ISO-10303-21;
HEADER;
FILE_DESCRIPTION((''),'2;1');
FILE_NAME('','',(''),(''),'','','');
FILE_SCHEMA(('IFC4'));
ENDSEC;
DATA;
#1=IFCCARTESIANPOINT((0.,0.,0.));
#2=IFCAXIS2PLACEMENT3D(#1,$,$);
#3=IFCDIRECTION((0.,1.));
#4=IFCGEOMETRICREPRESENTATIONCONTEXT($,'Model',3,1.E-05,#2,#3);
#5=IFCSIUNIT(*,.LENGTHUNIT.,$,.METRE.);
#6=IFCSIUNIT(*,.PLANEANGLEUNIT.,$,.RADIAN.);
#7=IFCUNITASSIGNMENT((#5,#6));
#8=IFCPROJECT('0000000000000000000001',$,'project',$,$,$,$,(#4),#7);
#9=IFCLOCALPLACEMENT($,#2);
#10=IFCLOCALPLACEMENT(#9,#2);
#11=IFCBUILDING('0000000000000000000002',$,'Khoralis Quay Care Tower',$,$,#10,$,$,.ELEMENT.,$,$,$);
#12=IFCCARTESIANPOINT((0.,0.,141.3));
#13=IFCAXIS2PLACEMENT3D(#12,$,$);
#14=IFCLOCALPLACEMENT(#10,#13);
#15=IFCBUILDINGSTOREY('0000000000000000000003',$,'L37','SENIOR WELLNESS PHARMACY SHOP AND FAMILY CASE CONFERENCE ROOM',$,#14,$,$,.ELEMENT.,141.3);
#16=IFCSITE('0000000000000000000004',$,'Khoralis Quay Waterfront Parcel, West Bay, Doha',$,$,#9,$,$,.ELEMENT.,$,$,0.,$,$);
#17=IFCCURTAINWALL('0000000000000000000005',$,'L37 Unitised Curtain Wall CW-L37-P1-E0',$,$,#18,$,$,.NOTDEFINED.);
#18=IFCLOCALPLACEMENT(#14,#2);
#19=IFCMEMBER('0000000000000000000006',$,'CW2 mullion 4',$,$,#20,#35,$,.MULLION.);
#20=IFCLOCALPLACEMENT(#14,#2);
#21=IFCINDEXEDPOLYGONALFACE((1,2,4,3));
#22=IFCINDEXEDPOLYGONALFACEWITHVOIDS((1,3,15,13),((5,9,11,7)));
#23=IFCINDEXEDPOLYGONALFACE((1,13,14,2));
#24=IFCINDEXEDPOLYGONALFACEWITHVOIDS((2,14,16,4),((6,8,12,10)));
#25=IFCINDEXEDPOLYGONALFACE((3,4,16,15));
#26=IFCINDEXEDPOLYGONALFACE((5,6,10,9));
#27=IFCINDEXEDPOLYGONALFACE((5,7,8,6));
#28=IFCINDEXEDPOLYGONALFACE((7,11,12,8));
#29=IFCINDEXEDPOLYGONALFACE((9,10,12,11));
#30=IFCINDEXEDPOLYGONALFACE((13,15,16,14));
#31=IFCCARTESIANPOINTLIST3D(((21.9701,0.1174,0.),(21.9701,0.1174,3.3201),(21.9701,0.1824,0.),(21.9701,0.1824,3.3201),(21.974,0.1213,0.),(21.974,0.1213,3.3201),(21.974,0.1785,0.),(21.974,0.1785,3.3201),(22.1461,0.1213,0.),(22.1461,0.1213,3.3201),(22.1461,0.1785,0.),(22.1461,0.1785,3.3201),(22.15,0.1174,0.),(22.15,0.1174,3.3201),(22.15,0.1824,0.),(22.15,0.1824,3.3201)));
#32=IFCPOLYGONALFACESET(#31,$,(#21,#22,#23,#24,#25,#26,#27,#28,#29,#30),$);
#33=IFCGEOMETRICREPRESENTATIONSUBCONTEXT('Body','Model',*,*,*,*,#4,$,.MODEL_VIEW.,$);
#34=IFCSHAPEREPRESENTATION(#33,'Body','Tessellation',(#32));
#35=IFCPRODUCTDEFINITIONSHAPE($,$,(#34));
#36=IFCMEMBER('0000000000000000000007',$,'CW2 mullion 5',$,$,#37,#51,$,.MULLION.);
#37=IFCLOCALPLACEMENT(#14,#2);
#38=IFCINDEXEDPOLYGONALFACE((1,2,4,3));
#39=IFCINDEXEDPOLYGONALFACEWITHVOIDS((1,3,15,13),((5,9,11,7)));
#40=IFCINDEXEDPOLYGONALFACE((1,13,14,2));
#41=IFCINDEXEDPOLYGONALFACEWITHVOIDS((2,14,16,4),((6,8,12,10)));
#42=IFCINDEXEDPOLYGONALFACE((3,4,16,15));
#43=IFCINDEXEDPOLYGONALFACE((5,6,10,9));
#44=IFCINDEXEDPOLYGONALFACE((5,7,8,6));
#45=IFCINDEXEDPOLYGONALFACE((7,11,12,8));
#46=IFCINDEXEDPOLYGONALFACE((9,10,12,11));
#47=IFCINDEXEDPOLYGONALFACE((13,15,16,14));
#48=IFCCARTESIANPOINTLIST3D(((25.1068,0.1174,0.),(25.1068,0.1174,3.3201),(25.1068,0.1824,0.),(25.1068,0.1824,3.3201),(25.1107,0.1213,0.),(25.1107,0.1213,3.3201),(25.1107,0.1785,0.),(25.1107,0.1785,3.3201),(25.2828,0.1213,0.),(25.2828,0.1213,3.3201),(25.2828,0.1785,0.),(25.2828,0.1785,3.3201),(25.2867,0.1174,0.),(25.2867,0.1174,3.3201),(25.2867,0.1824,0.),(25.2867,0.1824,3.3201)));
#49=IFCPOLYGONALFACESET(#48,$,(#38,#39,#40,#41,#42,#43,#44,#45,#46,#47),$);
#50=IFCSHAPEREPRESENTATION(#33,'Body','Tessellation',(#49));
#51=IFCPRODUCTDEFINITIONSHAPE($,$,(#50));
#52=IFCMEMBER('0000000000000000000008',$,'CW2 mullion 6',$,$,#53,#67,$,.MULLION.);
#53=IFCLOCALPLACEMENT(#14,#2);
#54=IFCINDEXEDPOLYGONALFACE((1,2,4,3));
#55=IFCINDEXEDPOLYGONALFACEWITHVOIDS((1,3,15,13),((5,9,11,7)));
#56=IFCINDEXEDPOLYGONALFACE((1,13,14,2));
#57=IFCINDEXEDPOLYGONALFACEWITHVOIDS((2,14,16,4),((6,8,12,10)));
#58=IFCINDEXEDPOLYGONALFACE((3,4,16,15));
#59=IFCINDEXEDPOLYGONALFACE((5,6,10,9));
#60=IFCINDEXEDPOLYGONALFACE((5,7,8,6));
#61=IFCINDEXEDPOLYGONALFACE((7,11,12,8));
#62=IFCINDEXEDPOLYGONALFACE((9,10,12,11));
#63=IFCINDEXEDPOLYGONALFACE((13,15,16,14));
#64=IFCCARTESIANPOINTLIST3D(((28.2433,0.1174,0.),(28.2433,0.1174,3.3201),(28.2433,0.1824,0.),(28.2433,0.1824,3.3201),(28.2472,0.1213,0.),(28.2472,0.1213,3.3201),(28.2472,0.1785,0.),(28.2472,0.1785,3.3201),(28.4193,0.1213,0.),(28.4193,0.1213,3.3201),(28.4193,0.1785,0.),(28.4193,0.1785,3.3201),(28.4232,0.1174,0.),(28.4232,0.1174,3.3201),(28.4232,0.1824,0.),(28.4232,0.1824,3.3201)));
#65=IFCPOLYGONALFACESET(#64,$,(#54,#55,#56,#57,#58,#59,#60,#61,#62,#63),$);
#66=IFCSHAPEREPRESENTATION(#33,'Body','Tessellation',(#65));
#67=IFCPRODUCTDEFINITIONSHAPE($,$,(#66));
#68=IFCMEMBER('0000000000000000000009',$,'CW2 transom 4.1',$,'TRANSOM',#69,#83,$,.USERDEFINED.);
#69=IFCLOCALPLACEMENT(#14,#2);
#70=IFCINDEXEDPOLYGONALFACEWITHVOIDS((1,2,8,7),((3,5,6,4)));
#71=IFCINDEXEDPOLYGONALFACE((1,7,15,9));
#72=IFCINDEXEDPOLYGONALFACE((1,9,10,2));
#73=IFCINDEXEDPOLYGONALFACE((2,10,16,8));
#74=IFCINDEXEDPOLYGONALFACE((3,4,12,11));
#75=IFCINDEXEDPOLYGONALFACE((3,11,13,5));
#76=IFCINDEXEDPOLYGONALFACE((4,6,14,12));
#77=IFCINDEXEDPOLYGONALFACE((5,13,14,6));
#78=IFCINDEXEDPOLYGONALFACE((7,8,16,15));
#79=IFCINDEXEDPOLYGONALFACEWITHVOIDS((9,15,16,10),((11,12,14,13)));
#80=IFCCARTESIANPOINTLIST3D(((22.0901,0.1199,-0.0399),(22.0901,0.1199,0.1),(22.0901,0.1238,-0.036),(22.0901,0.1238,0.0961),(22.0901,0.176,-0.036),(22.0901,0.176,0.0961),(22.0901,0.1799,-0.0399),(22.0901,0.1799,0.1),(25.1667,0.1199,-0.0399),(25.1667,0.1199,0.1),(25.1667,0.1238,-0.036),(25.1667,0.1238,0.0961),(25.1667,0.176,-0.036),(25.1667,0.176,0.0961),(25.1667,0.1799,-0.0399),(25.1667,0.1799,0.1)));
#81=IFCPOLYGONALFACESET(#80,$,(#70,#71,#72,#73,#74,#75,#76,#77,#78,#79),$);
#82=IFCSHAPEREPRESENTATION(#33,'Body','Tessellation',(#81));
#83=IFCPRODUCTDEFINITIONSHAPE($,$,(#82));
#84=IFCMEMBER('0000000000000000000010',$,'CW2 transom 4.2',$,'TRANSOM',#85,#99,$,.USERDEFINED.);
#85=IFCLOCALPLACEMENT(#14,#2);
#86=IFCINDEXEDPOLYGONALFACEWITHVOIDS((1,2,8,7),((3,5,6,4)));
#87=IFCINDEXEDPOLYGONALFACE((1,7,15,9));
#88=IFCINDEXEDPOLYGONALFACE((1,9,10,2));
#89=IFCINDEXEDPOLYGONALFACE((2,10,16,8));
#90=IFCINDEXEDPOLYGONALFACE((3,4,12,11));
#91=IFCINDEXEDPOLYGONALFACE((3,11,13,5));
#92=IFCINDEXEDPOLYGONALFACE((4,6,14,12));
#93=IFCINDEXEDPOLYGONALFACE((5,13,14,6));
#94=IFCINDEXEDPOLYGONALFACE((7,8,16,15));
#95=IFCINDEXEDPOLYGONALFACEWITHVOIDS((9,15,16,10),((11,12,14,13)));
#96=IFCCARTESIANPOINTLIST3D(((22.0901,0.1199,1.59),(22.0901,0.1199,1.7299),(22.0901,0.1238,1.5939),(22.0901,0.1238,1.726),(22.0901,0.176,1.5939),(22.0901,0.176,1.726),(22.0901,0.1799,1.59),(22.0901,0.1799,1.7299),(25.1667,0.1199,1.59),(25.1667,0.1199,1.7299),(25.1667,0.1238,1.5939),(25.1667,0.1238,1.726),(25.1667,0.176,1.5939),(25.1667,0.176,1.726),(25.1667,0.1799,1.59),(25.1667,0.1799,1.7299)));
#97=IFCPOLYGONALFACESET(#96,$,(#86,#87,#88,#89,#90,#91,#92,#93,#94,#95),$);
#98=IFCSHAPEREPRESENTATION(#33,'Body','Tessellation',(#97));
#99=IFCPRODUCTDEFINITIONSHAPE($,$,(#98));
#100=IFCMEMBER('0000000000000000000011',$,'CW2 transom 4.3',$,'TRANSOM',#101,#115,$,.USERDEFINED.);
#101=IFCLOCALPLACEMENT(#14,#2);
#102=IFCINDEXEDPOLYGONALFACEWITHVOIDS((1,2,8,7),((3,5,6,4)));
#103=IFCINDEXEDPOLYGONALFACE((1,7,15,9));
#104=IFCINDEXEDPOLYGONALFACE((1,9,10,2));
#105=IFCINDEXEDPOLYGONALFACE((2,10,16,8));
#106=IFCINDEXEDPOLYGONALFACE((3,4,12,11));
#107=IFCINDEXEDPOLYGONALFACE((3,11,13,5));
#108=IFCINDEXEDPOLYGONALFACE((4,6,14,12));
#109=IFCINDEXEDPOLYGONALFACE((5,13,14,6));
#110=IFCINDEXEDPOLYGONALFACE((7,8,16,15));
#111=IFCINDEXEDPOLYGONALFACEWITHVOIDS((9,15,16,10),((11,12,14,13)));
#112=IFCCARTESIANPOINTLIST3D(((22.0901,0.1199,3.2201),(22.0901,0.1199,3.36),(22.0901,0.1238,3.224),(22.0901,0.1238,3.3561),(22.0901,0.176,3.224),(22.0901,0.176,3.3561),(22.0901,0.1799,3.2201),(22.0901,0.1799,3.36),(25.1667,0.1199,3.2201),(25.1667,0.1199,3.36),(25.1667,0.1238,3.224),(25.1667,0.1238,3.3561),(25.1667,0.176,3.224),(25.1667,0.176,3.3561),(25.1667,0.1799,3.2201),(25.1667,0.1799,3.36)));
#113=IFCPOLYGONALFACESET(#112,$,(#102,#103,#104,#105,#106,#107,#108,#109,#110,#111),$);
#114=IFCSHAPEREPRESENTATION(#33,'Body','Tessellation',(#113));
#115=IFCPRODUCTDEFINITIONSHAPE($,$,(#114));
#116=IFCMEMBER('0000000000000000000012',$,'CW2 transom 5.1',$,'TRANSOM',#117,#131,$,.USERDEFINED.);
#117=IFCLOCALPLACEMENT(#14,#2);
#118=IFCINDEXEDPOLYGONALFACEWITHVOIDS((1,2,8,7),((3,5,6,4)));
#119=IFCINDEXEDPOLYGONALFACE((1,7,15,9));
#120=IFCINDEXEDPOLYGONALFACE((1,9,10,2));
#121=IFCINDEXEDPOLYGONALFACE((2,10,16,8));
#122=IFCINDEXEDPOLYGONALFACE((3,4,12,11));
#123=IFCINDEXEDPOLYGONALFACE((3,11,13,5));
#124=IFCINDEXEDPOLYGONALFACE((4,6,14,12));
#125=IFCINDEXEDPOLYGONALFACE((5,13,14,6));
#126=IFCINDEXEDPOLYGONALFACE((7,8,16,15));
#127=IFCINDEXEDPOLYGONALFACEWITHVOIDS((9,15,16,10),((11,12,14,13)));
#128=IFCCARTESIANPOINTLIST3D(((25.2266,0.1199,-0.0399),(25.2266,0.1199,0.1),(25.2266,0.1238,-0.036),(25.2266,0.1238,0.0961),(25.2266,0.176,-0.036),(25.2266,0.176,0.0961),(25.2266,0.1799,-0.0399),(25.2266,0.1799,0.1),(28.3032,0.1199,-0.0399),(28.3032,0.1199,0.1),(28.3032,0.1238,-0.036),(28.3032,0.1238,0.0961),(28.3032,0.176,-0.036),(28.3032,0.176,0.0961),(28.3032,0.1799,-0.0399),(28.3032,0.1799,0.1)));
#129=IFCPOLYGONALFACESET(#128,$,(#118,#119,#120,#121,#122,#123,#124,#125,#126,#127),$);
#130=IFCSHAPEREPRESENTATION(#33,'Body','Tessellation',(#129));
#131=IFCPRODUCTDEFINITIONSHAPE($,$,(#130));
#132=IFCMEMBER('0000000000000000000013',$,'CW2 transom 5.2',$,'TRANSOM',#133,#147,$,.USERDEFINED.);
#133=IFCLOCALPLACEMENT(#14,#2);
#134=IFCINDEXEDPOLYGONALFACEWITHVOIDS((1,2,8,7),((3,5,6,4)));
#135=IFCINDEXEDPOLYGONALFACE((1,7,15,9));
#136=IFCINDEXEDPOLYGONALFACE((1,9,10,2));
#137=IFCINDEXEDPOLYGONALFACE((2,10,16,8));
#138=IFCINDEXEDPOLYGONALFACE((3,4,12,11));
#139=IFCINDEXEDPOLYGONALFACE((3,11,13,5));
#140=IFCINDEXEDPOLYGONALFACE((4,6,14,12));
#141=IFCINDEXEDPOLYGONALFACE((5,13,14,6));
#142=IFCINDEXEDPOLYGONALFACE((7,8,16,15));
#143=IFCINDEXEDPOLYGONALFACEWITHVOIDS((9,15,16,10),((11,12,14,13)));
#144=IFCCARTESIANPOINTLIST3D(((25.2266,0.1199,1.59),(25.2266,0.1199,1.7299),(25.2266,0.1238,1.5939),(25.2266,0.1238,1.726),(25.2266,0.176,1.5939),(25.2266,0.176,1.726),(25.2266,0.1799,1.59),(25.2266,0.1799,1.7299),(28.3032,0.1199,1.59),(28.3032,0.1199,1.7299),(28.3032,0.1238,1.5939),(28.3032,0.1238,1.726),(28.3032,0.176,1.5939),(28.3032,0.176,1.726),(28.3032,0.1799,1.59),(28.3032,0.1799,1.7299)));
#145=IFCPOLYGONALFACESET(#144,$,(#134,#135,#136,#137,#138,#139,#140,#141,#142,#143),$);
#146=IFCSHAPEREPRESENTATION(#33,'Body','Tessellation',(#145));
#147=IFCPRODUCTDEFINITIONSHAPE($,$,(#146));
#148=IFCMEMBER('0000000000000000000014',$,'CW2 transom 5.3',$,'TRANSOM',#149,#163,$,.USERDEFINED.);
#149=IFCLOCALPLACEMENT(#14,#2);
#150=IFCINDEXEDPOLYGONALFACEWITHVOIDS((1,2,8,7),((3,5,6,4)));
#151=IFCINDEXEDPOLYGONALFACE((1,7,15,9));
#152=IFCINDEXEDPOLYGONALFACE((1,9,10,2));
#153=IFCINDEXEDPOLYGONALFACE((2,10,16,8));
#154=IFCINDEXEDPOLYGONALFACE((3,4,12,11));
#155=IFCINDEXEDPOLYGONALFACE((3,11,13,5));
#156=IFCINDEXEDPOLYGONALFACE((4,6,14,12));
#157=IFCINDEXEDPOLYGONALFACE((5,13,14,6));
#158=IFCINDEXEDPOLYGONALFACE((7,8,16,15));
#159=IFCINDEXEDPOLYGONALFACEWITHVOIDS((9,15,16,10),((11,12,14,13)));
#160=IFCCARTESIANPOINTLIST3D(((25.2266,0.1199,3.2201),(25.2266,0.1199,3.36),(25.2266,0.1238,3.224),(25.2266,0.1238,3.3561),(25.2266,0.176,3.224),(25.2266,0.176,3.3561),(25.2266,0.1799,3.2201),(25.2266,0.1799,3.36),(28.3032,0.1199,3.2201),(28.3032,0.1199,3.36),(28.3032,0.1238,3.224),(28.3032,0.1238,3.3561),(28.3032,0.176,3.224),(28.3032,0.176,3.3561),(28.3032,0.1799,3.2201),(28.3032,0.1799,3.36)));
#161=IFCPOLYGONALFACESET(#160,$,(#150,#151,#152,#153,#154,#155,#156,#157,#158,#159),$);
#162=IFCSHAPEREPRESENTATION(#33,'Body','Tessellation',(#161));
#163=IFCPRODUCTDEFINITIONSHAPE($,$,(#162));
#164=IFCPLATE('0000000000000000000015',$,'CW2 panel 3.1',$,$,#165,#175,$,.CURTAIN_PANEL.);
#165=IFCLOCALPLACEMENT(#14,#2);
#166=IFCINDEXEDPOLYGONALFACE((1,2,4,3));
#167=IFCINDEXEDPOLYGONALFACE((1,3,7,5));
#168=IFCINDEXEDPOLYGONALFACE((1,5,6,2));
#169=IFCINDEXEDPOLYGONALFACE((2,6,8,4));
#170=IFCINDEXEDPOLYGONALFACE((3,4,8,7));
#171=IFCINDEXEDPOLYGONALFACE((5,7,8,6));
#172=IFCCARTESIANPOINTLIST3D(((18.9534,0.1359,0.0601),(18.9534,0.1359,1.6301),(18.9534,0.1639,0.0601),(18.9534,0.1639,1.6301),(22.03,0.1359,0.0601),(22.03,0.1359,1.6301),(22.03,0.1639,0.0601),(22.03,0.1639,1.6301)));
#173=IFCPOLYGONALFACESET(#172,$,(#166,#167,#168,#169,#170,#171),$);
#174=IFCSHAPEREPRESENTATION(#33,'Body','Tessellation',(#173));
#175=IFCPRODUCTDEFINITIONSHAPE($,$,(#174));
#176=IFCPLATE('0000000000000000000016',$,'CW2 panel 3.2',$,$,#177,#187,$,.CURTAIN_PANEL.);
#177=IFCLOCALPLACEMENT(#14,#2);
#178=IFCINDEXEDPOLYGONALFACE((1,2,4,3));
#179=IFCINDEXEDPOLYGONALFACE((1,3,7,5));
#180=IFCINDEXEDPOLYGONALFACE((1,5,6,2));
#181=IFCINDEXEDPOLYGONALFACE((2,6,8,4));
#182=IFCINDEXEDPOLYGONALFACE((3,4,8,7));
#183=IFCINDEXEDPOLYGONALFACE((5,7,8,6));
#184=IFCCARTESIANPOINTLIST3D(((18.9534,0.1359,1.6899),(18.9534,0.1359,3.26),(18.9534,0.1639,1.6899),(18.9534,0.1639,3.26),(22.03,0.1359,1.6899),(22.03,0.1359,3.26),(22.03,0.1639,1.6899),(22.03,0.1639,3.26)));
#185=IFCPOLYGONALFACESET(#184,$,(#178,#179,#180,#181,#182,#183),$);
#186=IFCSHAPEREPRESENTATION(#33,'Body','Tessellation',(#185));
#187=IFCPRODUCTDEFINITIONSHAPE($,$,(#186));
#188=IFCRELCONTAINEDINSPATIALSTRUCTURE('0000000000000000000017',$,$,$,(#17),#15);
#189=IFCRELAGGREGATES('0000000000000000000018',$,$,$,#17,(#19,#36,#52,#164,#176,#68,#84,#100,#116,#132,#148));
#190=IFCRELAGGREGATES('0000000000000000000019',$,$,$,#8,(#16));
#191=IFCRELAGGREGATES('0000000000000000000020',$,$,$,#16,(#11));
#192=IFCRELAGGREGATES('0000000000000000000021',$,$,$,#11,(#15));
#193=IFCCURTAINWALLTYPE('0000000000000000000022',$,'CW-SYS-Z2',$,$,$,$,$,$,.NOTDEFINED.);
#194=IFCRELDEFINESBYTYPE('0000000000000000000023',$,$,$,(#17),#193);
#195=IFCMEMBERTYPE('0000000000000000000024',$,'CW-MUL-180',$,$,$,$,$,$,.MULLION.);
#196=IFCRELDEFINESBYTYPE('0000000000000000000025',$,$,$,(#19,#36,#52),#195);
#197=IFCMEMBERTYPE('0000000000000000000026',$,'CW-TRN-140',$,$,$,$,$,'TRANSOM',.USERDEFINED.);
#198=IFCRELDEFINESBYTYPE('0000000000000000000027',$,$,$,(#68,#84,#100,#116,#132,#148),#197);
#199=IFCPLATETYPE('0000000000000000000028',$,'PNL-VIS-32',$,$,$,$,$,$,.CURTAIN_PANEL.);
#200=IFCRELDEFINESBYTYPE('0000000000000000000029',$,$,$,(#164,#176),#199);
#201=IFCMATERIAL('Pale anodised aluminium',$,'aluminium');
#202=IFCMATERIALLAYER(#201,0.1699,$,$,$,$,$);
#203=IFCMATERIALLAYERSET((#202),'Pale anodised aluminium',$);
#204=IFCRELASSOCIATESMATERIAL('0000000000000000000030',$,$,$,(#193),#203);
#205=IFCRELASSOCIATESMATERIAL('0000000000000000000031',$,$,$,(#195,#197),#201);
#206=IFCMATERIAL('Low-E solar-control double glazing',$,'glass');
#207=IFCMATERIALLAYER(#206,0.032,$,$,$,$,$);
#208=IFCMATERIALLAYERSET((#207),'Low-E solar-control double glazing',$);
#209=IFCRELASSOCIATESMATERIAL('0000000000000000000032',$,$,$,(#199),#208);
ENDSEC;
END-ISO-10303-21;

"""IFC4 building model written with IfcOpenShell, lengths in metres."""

from ifc_helpers import new_model, si_unit, direction, frame, origin, origin_2d, place, context, subcontext, project, spatial, rectangle, hollow_rectangle, extrude, source, transform, mapped, material, layer, layer_set, material_profile, profile_set, type_object, element, aggregate, save


model = new_model("IFC4")

# Units and contexts
model_context = context("Model", 3, precision=1e-05, world=origin(), true_north=direction((0.0, 1.0)))
body_context = subcontext(model_context, "Body", "Model", "MODEL_VIEW")
ifc_project = project(units=[si_unit("LENGTHUNIT", "METRE"), si_unit("PLANEANGLEUNIT", "RADIAN")], contexts=[model_context])

# Site, building, storey
site_placement = place(None, origin())
site = spatial("IfcSite", under=ifc_project, at=site_placement, Name="Khoralis Quay Waterfront Parcel, West Bay, Doha", CompositionType="ELEMENT", RefElevation=0.0)
building_placement = place(site_placement, origin())
building = spatial("IfcBuilding", under=site, at=building_placement, Name="Khoralis Quay Care Tower", CompositionType="ELEMENT")
storey_placement = place(building_placement, frame((0.0, 0.0, 141.3)))
storey = spatial("IfcBuildingStorey", under=building, at=storey_placement, Name="L37", Description="SENIOR WELLNESS PHARMACY SHOP AND FAMILY CASE CONFERENCE ROOM", CompositionType="ELEMENT", Elevation=141.3)

# Curtain wall, members, plates
ifc_material_1 = material(Name="Pale anodised aluminium", Category="aluminium")
ifc_layer_1 = layer(ifc_material_1, 0.1699)
ifc_layer_set_1 = layer_set([ifc_layer_1], Name="Pale anodised aluminium")
curtain_wall_type = type_object("IfcCurtainWallType", Name="CW-SYS-Z2", PredefinedType="NOTDEFINED", material=ifc_layer_set_1)
curtain_wall_placement = place(storey_placement, origin())
curtain_wall = element("IfcCurtainWall", 1, at=curtain_wall_placement, inside=storey, type_object=curtain_wall_type, Name="L37 Unitised Curtain Wall CW-L37-P1-E0", PredefinedType="NOTDEFINED")
ifc_material_profile_1 = material_profile(ifc_material_1, hollow_rectangle(XDim=0.0649, YDim=0.1799, WallThickness=0.0039, at=origin_2d()), Name="Pale anodised aluminium")
ifc_profile_set_1 = profile_set([ifc_material_profile_1], Name="Pale anodised aluminium")
member_type_1 = type_object("IfcMemberType", Name="CW-MUL-180", PredefinedType="MULLION", material=ifc_profile_set_1)
shared_shape_1 = source(origin(), body_context, "Body", "SweptSolid", [
    extrude(hollow_rectangle(XDim=0.0649, YDim=0.1799, WallThickness=0.0039, at=origin_2d()), origin(), (0.0, 0.0, 1.0), 3.3201),
])
member_1_placement = place(storey_placement, frame((22.0601, 0.1499, 0.0), z_axis=(0.0, 0.0, 1.0), x_axis=(0.0, 1.0, 0.0)))
member_1 = element("IfcMember", 2, at=member_1_placement, type_object=member_type_1, Name="CW2 mullion 4", PredefinedType="MULLION", context=body_context, shape_type="MappedRepresentation", body=[
    mapped(shared_shape_1, transform((0.0, 0.0, 0.0), scale=1.0)),
])
member_2_placement = place(storey_placement, frame((25.1968, 0.1499, 0.0), z_axis=(0.0, 0.0, 1.0), x_axis=(0.0, 1.0, 0.0)))
member_2 = element("IfcMember", 3, at=member_2_placement, type_object=member_type_1, Name="CW2 mullion 5", PredefinedType="MULLION", context=body_context, shape_type="MappedRepresentation", body=[
    mapped(shared_shape_1, transform((0.0, 0.0, 0.0), scale=1.0)),
])
member_3_placement = place(storey_placement, frame((28.3333, 0.1499, 0.0), z_axis=(0.0, 0.0, 1.0), x_axis=(0.0, 1.0, 0.0)))
member_3 = element("IfcMember", 4, at=member_3_placement, type_object=member_type_1, Name="CW2 mullion 6", PredefinedType="MULLION", context=body_context, shape_type="MappedRepresentation", body=[
    mapped(shared_shape_1, transform((0.0, 0.0, 0.0), scale=1.0)),
])
ifc_material_profile_2 = material_profile(ifc_material_1, hollow_rectangle(XDim=0.0601, YDim=0.1399, WallThickness=0.0039, at=origin_2d()), Name="Pale anodised aluminium")
ifc_profile_set_2 = profile_set([ifc_material_profile_2], Name="Pale anodised aluminium")
member_type_2 = type_object("IfcMemberType", Name="CW-TRN-140", ElementType="TRANSOM", PredefinedType="USERDEFINED", material=ifc_profile_set_2)
shared_shape_2 = source(origin(), body_context, "Body", "SweptSolid", [
    extrude(hollow_rectangle(XDim=0.0601, YDim=0.1399, WallThickness=0.0039, at=origin_2d()), origin(), (0.0, 0.0, 1.0), 3.0767),
])
member_4_placement = place(storey_placement, frame((22.0901, 0.1499, 0.03), z_axis=(1.0, 0.0, 0.0), x_axis=(0.0, 1.0, 0.0)))
member_4 = element("IfcMember", 5, at=member_4_placement, type_object=member_type_2, Name="CW2 transom 4.1", ObjectType="TRANSOM", PredefinedType="USERDEFINED", context=body_context, shape_type="MappedRepresentation", body=[
    mapped(shared_shape_2, transform((0.0, 0.0, 0.0), scale=1.0)),
])
member_5_placement = place(storey_placement, frame((22.0901, 0.1499, 1.6599), z_axis=(1.0, 0.0, 0.0), x_axis=(0.0, 1.0, 0.0)))
member_5 = element("IfcMember", 6, at=member_5_placement, type_object=member_type_2, Name="CW2 transom 4.2", ObjectType="TRANSOM", PredefinedType="USERDEFINED", context=body_context, shape_type="MappedRepresentation", body=[
    mapped(shared_shape_2, transform((0.0, 0.0, 0.0), scale=1.0)),
])
member_6_placement = place(storey_placement, frame((22.0901, 0.1499, 3.29), z_axis=(1.0, 0.0, 0.0), x_axis=(0.0, 1.0, 0.0)))
member_6 = element("IfcMember", 7, at=member_6_placement, type_object=member_type_2, Name="CW2 transom 4.3", ObjectType="TRANSOM", PredefinedType="USERDEFINED", context=body_context, shape_type="MappedRepresentation", body=[
    mapped(shared_shape_2, transform((0.0, 0.0, 0.0), scale=1.0)),
])
member_7_placement = place(storey_placement, frame((25.2266, 0.1499, 0.03), z_axis=(1.0, 0.0, 0.0), x_axis=(0.0, 1.0, 0.0)))
member_7 = element("IfcMember", 8, at=member_7_placement, type_object=member_type_2, Name="CW2 transom 5.1", ObjectType="TRANSOM", PredefinedType="USERDEFINED", context=body_context, shape_type="MappedRepresentation", body=[
    mapped(shared_shape_2, transform((0.0, 0.0, 0.0), scale=1.0)),
])
member_8_placement = place(storey_placement, frame((25.2266, 0.1499, 1.6599), z_axis=(1.0, 0.0, 0.0), x_axis=(0.0, 1.0, 0.0)))
member_8 = element("IfcMember", 9, at=member_8_placement, type_object=member_type_2, Name="CW2 transom 5.2", ObjectType="TRANSOM", PredefinedType="USERDEFINED", context=body_context, shape_type="MappedRepresentation", body=[
    mapped(shared_shape_2, transform((0.0, 0.0, 0.0), scale=1.0)),
])
member_9_placement = place(storey_placement, frame((25.2266, 0.1499, 3.29), z_axis=(1.0, 0.0, 0.0), x_axis=(0.0, 1.0, 0.0)))
member_9 = element("IfcMember", 10, at=member_9_placement, type_object=member_type_2, Name="CW2 transom 5.3", ObjectType="TRANSOM", PredefinedType="USERDEFINED", context=body_context, shape_type="MappedRepresentation", body=[
    mapped(shared_shape_2, transform((0.0, 0.0, 0.0), scale=1.0)),
])
ifc_material_2 = material(Name="Low-E solar-control double glazing", Category="glass")
ifc_layer_2 = layer(ifc_material_2, 0.032)
ifc_layer_set_2 = layer_set([ifc_layer_2], Name="Low-E solar-control double glazing")
plate_type = type_object("IfcPlateType", Name="PNL-VIS-32", PredefinedType="CURTAIN_PANEL", material=ifc_layer_set_2)
shared_shape_3 = source(origin(), body_context, "Body", "SweptSolid", [
    extrude(rectangle(XDim=3.0767, YDim=0.0281, at=origin_2d()), origin(), (0.0, 0.0, 1.0), 1.5701),
])
plate_1_placement = place(storey_placement, frame((20.4917, 0.1499, 0.0601), z_axis=(0.0, 0.0, 1.0), x_axis=(1.0, 0.0, 0.0)))
plate_1 = element("IfcPlate", 11, at=plate_1_placement, type_object=plate_type, Name="CW2 panel 3.1", PredefinedType="CURTAIN_PANEL", context=body_context, shape_type="MappedRepresentation", body=[
    mapped(shared_shape_3, transform((0.0, 0.0, 0.0), scale=1.0)),
])
plate_2_placement = place(storey_placement, frame((20.4917, 0.1499, 1.6899), z_axis=(0.0, 0.0, 1.0), x_axis=(1.0, 0.0, 0.0)))
plate_2 = element("IfcPlate", 12, at=plate_2_placement, type_object=plate_type, Name="CW2 panel 3.2", PredefinedType="CURTAIN_PANEL", context=body_context, shape_type="MappedRepresentation", body=[
    mapped(shared_shape_3, transform((0.0, 0.0, 0.0), scale=1.0)),
])
aggregate(curtain_wall, [member_1, member_2, member_3, plate_1, plate_2, member_4, member_5, member_6, member_7, member_8, member_9])

save(model, "model.ifc")
